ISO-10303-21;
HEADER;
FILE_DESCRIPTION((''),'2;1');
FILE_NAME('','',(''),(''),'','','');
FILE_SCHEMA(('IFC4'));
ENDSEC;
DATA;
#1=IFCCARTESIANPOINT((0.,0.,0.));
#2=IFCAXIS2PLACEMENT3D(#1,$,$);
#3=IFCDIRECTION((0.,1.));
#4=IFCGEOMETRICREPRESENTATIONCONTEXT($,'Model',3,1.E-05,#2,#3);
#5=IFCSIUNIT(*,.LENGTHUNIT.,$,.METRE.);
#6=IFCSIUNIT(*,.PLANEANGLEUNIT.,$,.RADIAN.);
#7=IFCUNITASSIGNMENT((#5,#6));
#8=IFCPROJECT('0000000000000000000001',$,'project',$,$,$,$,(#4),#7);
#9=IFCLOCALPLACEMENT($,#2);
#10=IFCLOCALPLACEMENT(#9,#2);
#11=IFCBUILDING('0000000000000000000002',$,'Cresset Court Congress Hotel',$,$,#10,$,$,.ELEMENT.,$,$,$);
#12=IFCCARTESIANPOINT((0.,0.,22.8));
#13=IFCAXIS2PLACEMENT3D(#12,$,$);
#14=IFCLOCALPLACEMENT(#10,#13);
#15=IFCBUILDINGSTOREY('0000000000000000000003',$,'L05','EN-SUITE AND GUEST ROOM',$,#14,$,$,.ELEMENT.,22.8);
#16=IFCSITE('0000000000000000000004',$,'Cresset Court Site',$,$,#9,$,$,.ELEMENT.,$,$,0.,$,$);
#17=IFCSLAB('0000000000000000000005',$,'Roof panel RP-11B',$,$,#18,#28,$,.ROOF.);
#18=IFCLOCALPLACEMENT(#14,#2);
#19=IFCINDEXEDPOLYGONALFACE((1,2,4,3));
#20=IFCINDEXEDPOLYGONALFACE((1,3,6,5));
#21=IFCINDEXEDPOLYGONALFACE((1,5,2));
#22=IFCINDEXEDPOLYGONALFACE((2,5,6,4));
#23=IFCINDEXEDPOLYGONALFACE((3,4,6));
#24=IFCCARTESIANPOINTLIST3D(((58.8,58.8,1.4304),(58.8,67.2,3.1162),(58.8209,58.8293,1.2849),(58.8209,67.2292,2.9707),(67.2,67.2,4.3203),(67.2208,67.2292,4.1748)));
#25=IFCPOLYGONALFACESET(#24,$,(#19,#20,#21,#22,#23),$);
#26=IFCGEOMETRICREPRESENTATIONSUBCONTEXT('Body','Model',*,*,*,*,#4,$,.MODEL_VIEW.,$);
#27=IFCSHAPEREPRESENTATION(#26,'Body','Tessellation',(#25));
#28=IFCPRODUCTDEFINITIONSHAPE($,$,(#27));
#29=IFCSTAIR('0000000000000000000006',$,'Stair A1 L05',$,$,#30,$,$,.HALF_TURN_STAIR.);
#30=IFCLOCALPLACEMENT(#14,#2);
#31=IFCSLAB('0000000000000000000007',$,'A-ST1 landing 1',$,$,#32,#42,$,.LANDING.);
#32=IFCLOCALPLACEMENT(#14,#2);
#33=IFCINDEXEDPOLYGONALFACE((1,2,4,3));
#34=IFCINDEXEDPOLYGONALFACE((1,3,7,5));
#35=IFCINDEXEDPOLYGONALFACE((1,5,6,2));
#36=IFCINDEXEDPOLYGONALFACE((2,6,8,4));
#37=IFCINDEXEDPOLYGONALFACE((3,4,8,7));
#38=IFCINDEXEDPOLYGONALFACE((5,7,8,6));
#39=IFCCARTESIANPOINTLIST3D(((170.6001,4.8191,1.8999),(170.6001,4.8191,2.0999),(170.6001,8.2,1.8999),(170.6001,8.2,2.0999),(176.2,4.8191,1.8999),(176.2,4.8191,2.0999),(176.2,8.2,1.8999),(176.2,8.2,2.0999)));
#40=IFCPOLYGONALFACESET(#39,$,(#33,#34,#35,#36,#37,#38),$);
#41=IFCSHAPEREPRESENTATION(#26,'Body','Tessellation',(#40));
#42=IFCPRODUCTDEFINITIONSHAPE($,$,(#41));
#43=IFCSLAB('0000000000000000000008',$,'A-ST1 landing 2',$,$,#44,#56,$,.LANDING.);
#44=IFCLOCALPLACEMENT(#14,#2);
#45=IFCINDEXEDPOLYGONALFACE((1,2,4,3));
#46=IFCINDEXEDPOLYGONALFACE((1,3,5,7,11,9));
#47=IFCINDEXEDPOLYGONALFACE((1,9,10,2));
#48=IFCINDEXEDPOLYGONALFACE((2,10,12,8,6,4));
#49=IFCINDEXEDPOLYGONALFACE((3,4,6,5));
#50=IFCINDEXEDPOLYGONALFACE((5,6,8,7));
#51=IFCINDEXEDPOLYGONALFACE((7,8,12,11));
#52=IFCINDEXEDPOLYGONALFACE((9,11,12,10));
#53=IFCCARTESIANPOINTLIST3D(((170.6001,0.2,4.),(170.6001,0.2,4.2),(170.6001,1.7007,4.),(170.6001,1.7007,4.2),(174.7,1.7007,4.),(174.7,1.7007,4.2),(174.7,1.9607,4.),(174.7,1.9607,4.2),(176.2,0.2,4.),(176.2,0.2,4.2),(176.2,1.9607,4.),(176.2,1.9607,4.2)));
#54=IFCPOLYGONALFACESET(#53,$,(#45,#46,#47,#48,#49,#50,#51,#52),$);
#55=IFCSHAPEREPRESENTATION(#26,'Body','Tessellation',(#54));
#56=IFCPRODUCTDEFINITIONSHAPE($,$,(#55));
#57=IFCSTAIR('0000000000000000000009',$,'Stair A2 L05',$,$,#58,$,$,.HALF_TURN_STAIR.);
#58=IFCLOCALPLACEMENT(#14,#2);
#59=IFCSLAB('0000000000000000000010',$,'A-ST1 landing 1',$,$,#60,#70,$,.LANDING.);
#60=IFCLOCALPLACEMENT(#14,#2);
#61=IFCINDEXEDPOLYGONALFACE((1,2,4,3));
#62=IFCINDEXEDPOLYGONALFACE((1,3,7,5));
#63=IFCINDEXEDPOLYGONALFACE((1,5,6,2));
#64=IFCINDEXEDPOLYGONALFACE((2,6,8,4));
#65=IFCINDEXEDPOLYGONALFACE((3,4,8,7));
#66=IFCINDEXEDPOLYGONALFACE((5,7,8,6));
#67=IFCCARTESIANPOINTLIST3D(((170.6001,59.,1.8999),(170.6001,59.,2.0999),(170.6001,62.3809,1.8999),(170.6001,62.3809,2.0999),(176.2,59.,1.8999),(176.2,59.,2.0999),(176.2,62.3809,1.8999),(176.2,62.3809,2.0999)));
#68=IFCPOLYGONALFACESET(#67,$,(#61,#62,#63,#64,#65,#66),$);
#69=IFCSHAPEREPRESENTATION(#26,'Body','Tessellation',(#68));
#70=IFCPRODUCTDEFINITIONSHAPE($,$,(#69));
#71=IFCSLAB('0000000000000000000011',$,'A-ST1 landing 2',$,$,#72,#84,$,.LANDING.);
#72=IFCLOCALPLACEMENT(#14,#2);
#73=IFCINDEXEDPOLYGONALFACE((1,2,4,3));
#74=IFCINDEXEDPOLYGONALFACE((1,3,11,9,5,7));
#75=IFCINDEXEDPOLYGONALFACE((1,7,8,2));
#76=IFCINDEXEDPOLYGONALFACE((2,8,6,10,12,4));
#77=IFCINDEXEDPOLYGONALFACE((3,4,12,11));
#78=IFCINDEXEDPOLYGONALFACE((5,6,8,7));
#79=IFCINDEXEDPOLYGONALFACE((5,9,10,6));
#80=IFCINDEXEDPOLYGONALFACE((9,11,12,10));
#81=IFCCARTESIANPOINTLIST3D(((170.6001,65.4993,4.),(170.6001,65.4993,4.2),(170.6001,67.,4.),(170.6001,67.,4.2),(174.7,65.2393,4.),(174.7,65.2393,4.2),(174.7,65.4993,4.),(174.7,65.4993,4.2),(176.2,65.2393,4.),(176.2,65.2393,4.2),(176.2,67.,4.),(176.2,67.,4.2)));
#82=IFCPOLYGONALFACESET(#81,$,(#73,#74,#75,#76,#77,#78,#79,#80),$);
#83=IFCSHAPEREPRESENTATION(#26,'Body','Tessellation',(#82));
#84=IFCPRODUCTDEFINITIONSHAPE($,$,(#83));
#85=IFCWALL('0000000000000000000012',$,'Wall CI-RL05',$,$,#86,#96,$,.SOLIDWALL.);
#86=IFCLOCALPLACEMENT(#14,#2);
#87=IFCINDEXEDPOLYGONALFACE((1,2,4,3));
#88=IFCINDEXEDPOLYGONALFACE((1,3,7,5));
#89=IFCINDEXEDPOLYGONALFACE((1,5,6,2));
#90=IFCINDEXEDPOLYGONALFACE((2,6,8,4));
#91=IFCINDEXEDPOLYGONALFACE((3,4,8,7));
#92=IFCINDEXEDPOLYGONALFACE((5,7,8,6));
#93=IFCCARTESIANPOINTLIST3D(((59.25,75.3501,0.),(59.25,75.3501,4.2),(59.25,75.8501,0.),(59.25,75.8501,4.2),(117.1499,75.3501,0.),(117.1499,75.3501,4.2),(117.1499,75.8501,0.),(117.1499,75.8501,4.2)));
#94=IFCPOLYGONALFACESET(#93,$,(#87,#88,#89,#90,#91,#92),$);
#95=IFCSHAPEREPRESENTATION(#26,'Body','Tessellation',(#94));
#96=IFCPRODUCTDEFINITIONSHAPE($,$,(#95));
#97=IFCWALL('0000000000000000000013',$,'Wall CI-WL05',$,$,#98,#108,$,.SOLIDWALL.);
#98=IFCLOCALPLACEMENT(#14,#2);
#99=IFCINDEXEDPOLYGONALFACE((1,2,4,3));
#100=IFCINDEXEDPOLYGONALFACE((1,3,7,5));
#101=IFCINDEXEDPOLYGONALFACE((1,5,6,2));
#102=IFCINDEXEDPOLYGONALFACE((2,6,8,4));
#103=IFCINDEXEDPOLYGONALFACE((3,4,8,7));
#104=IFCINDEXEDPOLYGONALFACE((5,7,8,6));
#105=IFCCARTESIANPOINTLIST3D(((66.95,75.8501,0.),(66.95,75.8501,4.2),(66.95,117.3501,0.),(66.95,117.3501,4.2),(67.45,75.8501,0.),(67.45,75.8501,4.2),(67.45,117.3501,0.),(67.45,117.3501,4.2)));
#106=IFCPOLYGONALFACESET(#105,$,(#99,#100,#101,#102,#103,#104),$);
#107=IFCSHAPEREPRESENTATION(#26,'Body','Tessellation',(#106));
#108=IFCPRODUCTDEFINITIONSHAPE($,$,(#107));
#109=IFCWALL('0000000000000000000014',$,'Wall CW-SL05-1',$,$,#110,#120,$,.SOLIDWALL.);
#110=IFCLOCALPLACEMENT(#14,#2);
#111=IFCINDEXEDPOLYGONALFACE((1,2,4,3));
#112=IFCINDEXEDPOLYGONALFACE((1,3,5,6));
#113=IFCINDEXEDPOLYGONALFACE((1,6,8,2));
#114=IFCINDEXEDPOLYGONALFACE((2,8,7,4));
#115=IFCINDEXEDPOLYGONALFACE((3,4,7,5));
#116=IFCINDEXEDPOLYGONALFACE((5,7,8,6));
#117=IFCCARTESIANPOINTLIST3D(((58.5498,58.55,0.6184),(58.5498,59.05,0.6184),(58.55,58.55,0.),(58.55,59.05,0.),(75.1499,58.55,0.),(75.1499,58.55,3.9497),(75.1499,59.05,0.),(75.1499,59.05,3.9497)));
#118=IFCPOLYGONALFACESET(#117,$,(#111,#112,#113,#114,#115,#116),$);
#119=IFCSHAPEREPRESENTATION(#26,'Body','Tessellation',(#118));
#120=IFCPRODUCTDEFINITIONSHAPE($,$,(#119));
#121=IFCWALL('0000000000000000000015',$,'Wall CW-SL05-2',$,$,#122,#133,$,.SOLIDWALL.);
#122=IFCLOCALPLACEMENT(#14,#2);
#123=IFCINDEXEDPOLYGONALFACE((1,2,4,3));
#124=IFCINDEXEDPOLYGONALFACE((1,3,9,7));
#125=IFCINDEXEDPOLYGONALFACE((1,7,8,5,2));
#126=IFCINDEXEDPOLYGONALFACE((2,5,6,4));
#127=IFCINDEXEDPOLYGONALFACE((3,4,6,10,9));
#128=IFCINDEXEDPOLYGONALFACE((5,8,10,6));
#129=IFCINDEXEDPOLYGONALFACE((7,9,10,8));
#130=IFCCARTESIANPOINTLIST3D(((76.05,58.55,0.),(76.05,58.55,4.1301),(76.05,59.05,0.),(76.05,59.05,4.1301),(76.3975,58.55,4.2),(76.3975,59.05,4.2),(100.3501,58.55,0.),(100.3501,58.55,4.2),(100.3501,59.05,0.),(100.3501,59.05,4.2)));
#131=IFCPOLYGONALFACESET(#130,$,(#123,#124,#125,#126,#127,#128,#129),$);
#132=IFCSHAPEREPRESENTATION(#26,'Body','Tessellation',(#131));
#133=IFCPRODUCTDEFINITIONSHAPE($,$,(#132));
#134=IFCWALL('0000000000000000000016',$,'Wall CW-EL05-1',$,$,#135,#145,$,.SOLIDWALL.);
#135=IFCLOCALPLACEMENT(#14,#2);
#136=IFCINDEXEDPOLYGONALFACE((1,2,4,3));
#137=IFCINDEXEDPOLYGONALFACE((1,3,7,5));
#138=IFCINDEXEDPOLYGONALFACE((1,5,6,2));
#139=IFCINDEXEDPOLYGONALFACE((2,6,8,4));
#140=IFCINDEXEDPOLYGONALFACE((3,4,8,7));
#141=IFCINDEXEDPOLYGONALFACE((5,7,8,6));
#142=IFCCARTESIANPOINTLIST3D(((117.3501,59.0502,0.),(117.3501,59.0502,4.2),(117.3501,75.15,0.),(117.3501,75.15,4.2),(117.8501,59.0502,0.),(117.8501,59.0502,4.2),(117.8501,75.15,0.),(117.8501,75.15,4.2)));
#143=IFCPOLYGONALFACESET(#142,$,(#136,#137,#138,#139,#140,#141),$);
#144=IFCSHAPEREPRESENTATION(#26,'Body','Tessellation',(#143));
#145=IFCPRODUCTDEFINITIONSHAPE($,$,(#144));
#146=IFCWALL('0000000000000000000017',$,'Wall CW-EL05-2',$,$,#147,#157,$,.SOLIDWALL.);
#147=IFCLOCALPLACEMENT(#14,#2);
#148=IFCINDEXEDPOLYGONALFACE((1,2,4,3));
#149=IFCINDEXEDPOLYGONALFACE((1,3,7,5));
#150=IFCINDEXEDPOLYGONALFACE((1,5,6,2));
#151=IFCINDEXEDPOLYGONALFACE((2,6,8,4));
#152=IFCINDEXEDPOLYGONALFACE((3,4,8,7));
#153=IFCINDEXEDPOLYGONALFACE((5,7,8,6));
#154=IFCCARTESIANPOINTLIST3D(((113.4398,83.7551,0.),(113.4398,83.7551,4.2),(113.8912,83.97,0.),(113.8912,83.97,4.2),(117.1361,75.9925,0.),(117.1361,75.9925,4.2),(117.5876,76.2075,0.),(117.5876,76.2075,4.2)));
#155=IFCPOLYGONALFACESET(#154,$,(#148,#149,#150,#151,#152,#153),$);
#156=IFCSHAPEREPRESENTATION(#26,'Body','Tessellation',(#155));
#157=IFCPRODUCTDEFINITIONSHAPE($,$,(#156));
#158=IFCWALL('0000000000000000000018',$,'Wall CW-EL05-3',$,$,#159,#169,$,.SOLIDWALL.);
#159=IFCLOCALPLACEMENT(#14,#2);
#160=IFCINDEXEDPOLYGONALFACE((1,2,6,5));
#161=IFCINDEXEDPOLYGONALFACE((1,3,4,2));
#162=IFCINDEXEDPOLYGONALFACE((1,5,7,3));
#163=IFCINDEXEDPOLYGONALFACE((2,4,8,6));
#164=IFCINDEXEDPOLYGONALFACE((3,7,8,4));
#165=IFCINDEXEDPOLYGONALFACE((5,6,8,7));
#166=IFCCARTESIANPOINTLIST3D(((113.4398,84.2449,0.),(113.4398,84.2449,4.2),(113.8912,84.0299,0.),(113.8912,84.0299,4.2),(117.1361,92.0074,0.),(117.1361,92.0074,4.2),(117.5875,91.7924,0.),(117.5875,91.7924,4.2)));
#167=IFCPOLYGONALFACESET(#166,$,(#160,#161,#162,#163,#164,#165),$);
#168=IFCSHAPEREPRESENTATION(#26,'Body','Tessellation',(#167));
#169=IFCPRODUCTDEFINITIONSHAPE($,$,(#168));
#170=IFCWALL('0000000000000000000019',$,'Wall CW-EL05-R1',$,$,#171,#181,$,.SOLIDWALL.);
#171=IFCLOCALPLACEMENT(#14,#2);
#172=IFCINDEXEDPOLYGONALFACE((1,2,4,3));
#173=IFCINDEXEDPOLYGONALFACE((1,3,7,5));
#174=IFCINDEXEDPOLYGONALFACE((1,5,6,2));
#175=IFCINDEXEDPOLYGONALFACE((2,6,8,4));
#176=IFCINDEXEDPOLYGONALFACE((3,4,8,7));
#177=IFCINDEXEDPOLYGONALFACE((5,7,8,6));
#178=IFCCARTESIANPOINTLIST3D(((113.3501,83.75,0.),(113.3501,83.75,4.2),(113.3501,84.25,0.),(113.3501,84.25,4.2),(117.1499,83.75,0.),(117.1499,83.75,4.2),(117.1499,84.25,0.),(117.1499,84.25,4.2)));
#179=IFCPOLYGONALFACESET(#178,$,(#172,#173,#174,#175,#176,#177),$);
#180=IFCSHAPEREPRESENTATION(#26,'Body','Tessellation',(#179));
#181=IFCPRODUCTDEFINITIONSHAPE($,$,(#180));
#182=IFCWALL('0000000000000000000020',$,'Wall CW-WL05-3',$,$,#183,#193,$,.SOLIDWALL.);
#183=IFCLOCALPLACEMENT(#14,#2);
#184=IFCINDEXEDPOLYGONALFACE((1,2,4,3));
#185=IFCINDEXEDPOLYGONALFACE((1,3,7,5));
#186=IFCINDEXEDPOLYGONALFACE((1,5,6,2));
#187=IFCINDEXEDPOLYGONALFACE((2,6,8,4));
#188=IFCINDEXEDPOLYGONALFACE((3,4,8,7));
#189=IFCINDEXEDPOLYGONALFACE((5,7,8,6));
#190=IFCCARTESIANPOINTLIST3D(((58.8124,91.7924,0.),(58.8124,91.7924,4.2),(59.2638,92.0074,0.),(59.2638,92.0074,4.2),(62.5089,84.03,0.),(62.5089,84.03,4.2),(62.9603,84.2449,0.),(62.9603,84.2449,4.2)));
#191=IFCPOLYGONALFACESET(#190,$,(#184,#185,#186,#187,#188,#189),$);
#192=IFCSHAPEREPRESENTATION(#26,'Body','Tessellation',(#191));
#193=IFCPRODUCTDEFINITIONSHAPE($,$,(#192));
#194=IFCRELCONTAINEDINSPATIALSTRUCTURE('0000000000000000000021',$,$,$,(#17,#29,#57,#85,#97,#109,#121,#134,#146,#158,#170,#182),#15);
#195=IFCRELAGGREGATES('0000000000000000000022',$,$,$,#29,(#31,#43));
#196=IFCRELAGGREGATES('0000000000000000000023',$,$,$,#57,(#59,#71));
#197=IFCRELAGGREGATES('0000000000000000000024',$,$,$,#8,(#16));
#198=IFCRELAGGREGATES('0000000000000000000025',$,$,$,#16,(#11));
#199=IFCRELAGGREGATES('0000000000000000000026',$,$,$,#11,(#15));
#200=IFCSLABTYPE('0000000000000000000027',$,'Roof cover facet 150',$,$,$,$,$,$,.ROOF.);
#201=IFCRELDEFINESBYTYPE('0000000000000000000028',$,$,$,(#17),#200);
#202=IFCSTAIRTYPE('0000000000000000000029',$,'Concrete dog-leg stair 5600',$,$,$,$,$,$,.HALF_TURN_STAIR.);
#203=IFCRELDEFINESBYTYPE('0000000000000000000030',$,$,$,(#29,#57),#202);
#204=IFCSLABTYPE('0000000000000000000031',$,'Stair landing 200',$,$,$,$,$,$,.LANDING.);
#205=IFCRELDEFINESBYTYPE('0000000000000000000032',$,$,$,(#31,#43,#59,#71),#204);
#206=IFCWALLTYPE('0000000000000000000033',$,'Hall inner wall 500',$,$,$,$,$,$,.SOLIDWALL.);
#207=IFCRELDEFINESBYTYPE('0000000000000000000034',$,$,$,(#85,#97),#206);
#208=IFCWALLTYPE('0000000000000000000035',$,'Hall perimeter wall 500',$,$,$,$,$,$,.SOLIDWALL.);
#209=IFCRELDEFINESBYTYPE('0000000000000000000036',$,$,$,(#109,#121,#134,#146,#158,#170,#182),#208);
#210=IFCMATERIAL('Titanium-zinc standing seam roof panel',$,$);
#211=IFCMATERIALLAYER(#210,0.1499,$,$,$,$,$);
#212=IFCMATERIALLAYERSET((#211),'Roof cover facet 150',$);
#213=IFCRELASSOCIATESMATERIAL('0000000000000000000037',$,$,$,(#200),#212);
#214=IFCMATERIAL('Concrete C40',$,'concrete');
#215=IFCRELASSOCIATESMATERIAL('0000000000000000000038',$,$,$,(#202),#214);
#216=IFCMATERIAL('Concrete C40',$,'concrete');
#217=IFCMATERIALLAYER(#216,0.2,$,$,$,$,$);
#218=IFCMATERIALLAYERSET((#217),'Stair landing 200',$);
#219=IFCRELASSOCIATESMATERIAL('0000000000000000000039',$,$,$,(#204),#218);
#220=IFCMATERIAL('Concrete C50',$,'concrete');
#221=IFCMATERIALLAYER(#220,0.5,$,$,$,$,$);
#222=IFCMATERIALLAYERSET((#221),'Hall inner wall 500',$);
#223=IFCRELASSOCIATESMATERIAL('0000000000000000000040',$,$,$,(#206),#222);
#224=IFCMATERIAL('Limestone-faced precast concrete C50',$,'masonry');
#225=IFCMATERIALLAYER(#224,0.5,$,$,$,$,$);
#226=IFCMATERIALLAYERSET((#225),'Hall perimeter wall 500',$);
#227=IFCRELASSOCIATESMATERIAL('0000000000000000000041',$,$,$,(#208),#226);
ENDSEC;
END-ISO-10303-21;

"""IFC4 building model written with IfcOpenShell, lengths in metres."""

from ifc_helpers import new_model, si_unit, direction, frame, frame_2d, origin, place, context, subcontext, project, spatial, polyline, rectangle, outline, extrude, material, layer, layer_set, type_object, element, aggregate, save


model = new_model("IFC4")

# Units and contexts
model_context = context("Model", 3, precision=1e-05, world=origin(), true_north=direction((0.0, 1.0)))
body_context = subcontext(model_context, "Body", "Model", "MODEL_VIEW")
ifc_project = project(units=[si_unit("LENGTHUNIT", "METRE"), si_unit("PLANEANGLEUNIT", "RADIAN")], contexts=[model_context])

# Site, building, storey
site_placement = place(None, origin())
site = spatial("IfcSite", under=ifc_project, at=site_placement, Name="Cresset Court Site", CompositionType="ELEMENT", RefElevation=0.0)
building_placement = place(site_placement, origin())
building = spatial("IfcBuilding", under=site, at=building_placement, Name="Cresset Court Congress Hotel", CompositionType="ELEMENT")
storey_placement = place(building_placement, frame((0.0, 0.0, 22.8)))
storey = spatial("IfcBuildingStorey", under=building, at=storey_placement, Name="L05", Description="EN-SUITE AND GUEST ROOM", CompositionType="ELEMENT", Elevation=22.8)

# Slab
ifc_material_1 = material(Name="Titanium-zinc standing seam roof panel")
ifc_layer_1 = layer(ifc_material_1, 0.1499)
ifc_layer_set_1 = layer_set([ifc_layer_1], Name="Roof cover facet 150")
slab_type_1 = type_object("IfcSlabType", Name="Roof cover facet 150", PredefinedType="ROOF", material=ifc_layer_set_1)
slab_1_placement = place(storey_placement, frame((58.8, 58.8, 1.4304), z_axis=(-0.139177, -0.194853, 0.970908), x_axis=(0.687068, 0.687068, 0.236378)))
element("IfcSlab", 1, at=slab_1_placement, inside=storey, type_object=slab_type_1, Name="Roof panel RP-11B", PredefinedType="ROOF", context=body_context, shape_type="SweptSolid", body=[
    extrude(outline(polyline([(0.0, 0.0), (12.2257, 0.0), (6.1698, 5.9442), (0.0, 0.0)])), origin(), (0.0, 0.0, -1.0), 0.1499),
])

# Stairs, slabs
ifc_material_2 = material(Name="Concrete C40", Category="concrete")
stair_type = type_object("IfcStairType", Name="Concrete dog-leg stair 5600", PredefinedType="HALF_TURN_STAIR", material=ifc_material_2)
stair_1_placement = place(storey_placement, origin())
stair_1 = element("IfcStair", 2, at=stair_1_placement, inside=storey, type_object=stair_type, Name="Stair A1 L05", PredefinedType="HALF_TURN_STAIR")
ifc_material_3 = material(Name="Concrete C40", Category="concrete")
ifc_layer_2 = layer(ifc_material_3, 0.2)
ifc_layer_set_2 = layer_set([ifc_layer_2], Name="Stair landing 200")
slab_type_2 = type_object("IfcSlabType", Name="Stair landing 200", PredefinedType="LANDING", material=ifc_layer_set_2)
slab_2_placement = place(storey_placement, frame((0.0, 0.0, 1.8999)))
slab_2 = element("IfcSlab", 3, at=slab_2_placement, type_object=slab_type_2, Name="A-ST1 landing 1", PredefinedType="LANDING", context=body_context, shape_type="SweptSolid", body=[
    extrude(outline(polyline([(170.6001, 4.8191), (176.2, 4.8191), (176.2, 8.2), (170.6001, 8.2), (170.6001, 4.8191)])), origin(), (0.0, 0.0, 1.0), 0.2),
])
slab_3_placement = place(storey_placement, frame((0.0, 0.0, 4.0)))
slab_3 = element("IfcSlab", 4, at=slab_3_placement, type_object=slab_type_2, Name="A-ST1 landing 2", PredefinedType="LANDING", context=body_context, shape_type="SweptSolid", body=[
    extrude(outline(polyline([(170.6001, 0.2), (176.2, 0.2), (176.2, 1.9607), (174.7, 1.9607), (174.7, 1.7007), (170.6001, 1.7007), (170.6001, 0.2)])), origin(), (0.0, 0.0, 1.0), 0.2),
])
aggregate(stair_1, [slab_2, slab_3])
stair_2_placement = place(storey_placement, origin())
stair_2 = element("IfcStair", 5, at=stair_2_placement, inside=storey, type_object=stair_type, Name="Stair A2 L05", PredefinedType="HALF_TURN_STAIR")
slab_4_placement = place(storey_placement, frame((0.0, 0.0, 1.8999)))
slab_4 = element("IfcSlab", 6, at=slab_4_placement, type_object=slab_type_2, Name="A-ST1 landing 1", PredefinedType="LANDING", context=body_context, shape_type="SweptSolid", body=[
    extrude(outline(polyline([(170.6001, 62.3809), (176.2, 62.3809), (176.2, 59.0), (170.6001, 59.0), (170.6001, 62.3809)])), origin(), (0.0, 0.0, 1.0), 0.2),
])
slab_5_placement = place(storey_placement, frame((0.0, 0.0, 4.0)))
slab_5 = element("IfcSlab", 7, at=slab_5_placement, type_object=slab_type_2, Name="A-ST1 landing 2", PredefinedType="LANDING", context=body_context, shape_type="SweptSolid", body=[
    extrude(outline(polyline([(170.6001, 67.0), (176.2, 67.0), (176.2, 65.2393), (174.7, 65.2393), (174.7, 65.4993), (170.6001, 65.4993), (170.6001, 67.0)])), origin(), (0.0, 0.0, 1.0), 0.2),
])
aggregate(stair_2, [slab_4, slab_5])

# Walls
ifc_material_4 = material(Name="Concrete C50", Category="concrete")
ifc_layer_3 = layer(ifc_material_4, 0.5)
ifc_layer_set_3 = layer_set([ifc_layer_3], Name="Hall inner wall 500")
wall_type_1 = type_object("IfcWallType", Name="Hall inner wall 500", PredefinedType="SOLIDWALL", material=ifc_layer_set_3)
wall_1_placement = place(storey_placement, frame((59.25, 75.6001, 0.0), z_axis=(0.0, 0.0, 1.0), x_axis=(1.0, 0.0, 0.0)))
element("IfcWall", 8, at=wall_1_placement, inside=storey, type_object=wall_type_1, Name="Wall CI-RL05", PredefinedType="SOLIDWALL", context=body_context, shape_type="SweptSolid", body=[
    extrude(rectangle(XDim=57.8999, YDim=0.5, at=frame_2d((28.95, 0.0))), origin(), (0.0, 0.0, 1.0), 4.2),
])
wall_2_placement = place(storey_placement, frame((67.2, 75.8501, 0.0), z_axis=(0.0, 0.0, 1.0), x_axis=(0.0, 1.0, 0.0)))
element("IfcWall", 9, at=wall_2_placement, inside=storey, type_object=wall_type_1, Name="Wall CI-WL05", PredefinedType="SOLIDWALL", context=body_context, shape_type="SweptSolid", body=[
    extrude(rectangle(XDim=41.5, YDim=0.5, at=frame_2d((20.75, 0.0))), origin(), (0.0, 0.0, 1.0), 4.2),
])
ifc_material_5 = material(Name="Limestone-faced precast concrete C50", Category="masonry")
ifc_layer_4 = layer(ifc_material_5, 0.5)
ifc_layer_set_4 = layer_set([ifc_layer_4], Name="Hall perimeter wall 500")
wall_type_2 = type_object("IfcWallType", Name="Hall perimeter wall 500", PredefinedType="SOLIDWALL", material=ifc_layer_set_4)
wall_3_placement = place(storey_placement, frame((75.1499, 58.8, 0.0), z_axis=(0.0, 0.0, 1.0), x_axis=(-1.0, 0.0, 0.0)))
element("IfcWall", 10, at=wall_3_placement, inside=storey, type_object=wall_type_2, Name="Wall CW-SL05-1", PredefinedType="SOLIDWALL", context=body_context, shape_type="SweptSolid", body=[
    extrude(outline(polyline([(0.0, 0.0), (16.5999, 0.0), (16.6001, 0.6184), (0.0, 3.9497), (0.0, 0.0)])), frame((0.0, 0.25, 0.0), z_axis=(0.0, -1.0, 0.0), x_axis=(1.0, 0.0, 0.0)), (0.0, 0.0, 1.0), 0.5),
])
wall_4_placement = place(storey_placement, frame((100.3501, 58.8, 0.0), z_axis=(0.0, 0.0, 1.0), x_axis=(-1.0, 0.0, 0.0)))
element("IfcWall", 11, at=wall_4_placement, inside=storey, type_object=wall_type_2, Name="Wall CW-SL05-2", PredefinedType="SOLIDWALL", context=body_context, shape_type="SweptSolid", body=[
    extrude(outline(polyline([(0.0, 0.0), (24.3, 0.0), (24.3, 4.1301), (23.9526, 4.2), (0.0, 4.2), (0.0, 0.0)])), frame((0.0, 0.25, 0.0), z_axis=(0.0, -1.0, 0.0), x_axis=(1.0, 0.0, 0.0)), (0.0, 0.0, 1.0), 0.5),
])
wall_5_placement = place(storey_placement, frame((117.6001, 75.1499, 0.0), z_axis=(0.0, 0.0, 1.0), x_axis=(0.0, -1.0, 0.0)))
element("IfcWall", 12, at=wall_5_placement, inside=storey, type_object=wall_type_2, Name="Wall CW-EL05-1", PredefinedType="SOLIDWALL", context=body_context, shape_type="SweptSolid", body=[
    extrude(rectangle(XDim=16.0999, YDim=0.5, at=frame_2d((8.0498, 0.0))), origin(), (0.0, 0.0, 1.0), 4.2),
])
for number, where, z_axis, x_axis, name in (
    (13, (113.6655, 83.8625, 0.0), (0.0, 0.0, 1.0), (0.429923, -0.902866, 0.0), "Wall CW-EL05-2"),
    (14, (117.3618, 91.8999, 0.0), (0.0, 0.0, 1.0), (-0.429923, -0.902866, 0.0), "Wall CW-EL05-3"),
):
    element("IfcWall", number, at=place(storey_placement, frame(where, z_axis=z_axis, x_axis=x_axis)), inside=storey, type_object=wall_type_2, Name=name, PredefinedType="SOLIDWALL", context=body_context, shape_type="SweptSolid", body=[
        extrude(rectangle(XDim=8.5977, YDim=0.5, at=frame_2d((4.2988, 0.0))), origin(), (0.0, 0.0, 1.0), 4.2),
    ])
wall_6_placement = place(storey_placement, frame((113.3501, 84.0, 0.0), z_axis=(0.0, 0.0, 1.0), x_axis=(1.0, 0.0, 0.0)))
element("IfcWall", 15, at=wall_6_placement, inside=storey, type_object=wall_type_2, Name="Wall CW-EL05-R1", PredefinedType="SOLIDWALL", context=body_context, shape_type="SweptSolid", body=[
    extrude(rectangle(XDim=3.7998, YDim=0.5, at=frame_2d((1.8999, 0.0))), origin(), (0.0, 0.0, 1.0), 4.2),
])
wall_7_placement = place(storey_placement, frame((62.7346, 84.1375, 0.0), z_axis=(0.0, 0.0, 1.0), x_axis=(-0.429946, 0.902855, 0.0)))
element("IfcWall", 16, at=wall_7_placement, inside=storey, type_object=wall_type_2, Name="Wall CW-WL05-3", PredefinedType="SOLIDWALL", context=body_context, shape_type="SweptSolid", body=[
    extrude(rectangle(XDim=8.5977, YDim=0.5, at=frame_2d((4.2988, 0.0))), origin(), (0.0, 0.0, 1.0), 4.2),
])

save(model, "model.ifc")
